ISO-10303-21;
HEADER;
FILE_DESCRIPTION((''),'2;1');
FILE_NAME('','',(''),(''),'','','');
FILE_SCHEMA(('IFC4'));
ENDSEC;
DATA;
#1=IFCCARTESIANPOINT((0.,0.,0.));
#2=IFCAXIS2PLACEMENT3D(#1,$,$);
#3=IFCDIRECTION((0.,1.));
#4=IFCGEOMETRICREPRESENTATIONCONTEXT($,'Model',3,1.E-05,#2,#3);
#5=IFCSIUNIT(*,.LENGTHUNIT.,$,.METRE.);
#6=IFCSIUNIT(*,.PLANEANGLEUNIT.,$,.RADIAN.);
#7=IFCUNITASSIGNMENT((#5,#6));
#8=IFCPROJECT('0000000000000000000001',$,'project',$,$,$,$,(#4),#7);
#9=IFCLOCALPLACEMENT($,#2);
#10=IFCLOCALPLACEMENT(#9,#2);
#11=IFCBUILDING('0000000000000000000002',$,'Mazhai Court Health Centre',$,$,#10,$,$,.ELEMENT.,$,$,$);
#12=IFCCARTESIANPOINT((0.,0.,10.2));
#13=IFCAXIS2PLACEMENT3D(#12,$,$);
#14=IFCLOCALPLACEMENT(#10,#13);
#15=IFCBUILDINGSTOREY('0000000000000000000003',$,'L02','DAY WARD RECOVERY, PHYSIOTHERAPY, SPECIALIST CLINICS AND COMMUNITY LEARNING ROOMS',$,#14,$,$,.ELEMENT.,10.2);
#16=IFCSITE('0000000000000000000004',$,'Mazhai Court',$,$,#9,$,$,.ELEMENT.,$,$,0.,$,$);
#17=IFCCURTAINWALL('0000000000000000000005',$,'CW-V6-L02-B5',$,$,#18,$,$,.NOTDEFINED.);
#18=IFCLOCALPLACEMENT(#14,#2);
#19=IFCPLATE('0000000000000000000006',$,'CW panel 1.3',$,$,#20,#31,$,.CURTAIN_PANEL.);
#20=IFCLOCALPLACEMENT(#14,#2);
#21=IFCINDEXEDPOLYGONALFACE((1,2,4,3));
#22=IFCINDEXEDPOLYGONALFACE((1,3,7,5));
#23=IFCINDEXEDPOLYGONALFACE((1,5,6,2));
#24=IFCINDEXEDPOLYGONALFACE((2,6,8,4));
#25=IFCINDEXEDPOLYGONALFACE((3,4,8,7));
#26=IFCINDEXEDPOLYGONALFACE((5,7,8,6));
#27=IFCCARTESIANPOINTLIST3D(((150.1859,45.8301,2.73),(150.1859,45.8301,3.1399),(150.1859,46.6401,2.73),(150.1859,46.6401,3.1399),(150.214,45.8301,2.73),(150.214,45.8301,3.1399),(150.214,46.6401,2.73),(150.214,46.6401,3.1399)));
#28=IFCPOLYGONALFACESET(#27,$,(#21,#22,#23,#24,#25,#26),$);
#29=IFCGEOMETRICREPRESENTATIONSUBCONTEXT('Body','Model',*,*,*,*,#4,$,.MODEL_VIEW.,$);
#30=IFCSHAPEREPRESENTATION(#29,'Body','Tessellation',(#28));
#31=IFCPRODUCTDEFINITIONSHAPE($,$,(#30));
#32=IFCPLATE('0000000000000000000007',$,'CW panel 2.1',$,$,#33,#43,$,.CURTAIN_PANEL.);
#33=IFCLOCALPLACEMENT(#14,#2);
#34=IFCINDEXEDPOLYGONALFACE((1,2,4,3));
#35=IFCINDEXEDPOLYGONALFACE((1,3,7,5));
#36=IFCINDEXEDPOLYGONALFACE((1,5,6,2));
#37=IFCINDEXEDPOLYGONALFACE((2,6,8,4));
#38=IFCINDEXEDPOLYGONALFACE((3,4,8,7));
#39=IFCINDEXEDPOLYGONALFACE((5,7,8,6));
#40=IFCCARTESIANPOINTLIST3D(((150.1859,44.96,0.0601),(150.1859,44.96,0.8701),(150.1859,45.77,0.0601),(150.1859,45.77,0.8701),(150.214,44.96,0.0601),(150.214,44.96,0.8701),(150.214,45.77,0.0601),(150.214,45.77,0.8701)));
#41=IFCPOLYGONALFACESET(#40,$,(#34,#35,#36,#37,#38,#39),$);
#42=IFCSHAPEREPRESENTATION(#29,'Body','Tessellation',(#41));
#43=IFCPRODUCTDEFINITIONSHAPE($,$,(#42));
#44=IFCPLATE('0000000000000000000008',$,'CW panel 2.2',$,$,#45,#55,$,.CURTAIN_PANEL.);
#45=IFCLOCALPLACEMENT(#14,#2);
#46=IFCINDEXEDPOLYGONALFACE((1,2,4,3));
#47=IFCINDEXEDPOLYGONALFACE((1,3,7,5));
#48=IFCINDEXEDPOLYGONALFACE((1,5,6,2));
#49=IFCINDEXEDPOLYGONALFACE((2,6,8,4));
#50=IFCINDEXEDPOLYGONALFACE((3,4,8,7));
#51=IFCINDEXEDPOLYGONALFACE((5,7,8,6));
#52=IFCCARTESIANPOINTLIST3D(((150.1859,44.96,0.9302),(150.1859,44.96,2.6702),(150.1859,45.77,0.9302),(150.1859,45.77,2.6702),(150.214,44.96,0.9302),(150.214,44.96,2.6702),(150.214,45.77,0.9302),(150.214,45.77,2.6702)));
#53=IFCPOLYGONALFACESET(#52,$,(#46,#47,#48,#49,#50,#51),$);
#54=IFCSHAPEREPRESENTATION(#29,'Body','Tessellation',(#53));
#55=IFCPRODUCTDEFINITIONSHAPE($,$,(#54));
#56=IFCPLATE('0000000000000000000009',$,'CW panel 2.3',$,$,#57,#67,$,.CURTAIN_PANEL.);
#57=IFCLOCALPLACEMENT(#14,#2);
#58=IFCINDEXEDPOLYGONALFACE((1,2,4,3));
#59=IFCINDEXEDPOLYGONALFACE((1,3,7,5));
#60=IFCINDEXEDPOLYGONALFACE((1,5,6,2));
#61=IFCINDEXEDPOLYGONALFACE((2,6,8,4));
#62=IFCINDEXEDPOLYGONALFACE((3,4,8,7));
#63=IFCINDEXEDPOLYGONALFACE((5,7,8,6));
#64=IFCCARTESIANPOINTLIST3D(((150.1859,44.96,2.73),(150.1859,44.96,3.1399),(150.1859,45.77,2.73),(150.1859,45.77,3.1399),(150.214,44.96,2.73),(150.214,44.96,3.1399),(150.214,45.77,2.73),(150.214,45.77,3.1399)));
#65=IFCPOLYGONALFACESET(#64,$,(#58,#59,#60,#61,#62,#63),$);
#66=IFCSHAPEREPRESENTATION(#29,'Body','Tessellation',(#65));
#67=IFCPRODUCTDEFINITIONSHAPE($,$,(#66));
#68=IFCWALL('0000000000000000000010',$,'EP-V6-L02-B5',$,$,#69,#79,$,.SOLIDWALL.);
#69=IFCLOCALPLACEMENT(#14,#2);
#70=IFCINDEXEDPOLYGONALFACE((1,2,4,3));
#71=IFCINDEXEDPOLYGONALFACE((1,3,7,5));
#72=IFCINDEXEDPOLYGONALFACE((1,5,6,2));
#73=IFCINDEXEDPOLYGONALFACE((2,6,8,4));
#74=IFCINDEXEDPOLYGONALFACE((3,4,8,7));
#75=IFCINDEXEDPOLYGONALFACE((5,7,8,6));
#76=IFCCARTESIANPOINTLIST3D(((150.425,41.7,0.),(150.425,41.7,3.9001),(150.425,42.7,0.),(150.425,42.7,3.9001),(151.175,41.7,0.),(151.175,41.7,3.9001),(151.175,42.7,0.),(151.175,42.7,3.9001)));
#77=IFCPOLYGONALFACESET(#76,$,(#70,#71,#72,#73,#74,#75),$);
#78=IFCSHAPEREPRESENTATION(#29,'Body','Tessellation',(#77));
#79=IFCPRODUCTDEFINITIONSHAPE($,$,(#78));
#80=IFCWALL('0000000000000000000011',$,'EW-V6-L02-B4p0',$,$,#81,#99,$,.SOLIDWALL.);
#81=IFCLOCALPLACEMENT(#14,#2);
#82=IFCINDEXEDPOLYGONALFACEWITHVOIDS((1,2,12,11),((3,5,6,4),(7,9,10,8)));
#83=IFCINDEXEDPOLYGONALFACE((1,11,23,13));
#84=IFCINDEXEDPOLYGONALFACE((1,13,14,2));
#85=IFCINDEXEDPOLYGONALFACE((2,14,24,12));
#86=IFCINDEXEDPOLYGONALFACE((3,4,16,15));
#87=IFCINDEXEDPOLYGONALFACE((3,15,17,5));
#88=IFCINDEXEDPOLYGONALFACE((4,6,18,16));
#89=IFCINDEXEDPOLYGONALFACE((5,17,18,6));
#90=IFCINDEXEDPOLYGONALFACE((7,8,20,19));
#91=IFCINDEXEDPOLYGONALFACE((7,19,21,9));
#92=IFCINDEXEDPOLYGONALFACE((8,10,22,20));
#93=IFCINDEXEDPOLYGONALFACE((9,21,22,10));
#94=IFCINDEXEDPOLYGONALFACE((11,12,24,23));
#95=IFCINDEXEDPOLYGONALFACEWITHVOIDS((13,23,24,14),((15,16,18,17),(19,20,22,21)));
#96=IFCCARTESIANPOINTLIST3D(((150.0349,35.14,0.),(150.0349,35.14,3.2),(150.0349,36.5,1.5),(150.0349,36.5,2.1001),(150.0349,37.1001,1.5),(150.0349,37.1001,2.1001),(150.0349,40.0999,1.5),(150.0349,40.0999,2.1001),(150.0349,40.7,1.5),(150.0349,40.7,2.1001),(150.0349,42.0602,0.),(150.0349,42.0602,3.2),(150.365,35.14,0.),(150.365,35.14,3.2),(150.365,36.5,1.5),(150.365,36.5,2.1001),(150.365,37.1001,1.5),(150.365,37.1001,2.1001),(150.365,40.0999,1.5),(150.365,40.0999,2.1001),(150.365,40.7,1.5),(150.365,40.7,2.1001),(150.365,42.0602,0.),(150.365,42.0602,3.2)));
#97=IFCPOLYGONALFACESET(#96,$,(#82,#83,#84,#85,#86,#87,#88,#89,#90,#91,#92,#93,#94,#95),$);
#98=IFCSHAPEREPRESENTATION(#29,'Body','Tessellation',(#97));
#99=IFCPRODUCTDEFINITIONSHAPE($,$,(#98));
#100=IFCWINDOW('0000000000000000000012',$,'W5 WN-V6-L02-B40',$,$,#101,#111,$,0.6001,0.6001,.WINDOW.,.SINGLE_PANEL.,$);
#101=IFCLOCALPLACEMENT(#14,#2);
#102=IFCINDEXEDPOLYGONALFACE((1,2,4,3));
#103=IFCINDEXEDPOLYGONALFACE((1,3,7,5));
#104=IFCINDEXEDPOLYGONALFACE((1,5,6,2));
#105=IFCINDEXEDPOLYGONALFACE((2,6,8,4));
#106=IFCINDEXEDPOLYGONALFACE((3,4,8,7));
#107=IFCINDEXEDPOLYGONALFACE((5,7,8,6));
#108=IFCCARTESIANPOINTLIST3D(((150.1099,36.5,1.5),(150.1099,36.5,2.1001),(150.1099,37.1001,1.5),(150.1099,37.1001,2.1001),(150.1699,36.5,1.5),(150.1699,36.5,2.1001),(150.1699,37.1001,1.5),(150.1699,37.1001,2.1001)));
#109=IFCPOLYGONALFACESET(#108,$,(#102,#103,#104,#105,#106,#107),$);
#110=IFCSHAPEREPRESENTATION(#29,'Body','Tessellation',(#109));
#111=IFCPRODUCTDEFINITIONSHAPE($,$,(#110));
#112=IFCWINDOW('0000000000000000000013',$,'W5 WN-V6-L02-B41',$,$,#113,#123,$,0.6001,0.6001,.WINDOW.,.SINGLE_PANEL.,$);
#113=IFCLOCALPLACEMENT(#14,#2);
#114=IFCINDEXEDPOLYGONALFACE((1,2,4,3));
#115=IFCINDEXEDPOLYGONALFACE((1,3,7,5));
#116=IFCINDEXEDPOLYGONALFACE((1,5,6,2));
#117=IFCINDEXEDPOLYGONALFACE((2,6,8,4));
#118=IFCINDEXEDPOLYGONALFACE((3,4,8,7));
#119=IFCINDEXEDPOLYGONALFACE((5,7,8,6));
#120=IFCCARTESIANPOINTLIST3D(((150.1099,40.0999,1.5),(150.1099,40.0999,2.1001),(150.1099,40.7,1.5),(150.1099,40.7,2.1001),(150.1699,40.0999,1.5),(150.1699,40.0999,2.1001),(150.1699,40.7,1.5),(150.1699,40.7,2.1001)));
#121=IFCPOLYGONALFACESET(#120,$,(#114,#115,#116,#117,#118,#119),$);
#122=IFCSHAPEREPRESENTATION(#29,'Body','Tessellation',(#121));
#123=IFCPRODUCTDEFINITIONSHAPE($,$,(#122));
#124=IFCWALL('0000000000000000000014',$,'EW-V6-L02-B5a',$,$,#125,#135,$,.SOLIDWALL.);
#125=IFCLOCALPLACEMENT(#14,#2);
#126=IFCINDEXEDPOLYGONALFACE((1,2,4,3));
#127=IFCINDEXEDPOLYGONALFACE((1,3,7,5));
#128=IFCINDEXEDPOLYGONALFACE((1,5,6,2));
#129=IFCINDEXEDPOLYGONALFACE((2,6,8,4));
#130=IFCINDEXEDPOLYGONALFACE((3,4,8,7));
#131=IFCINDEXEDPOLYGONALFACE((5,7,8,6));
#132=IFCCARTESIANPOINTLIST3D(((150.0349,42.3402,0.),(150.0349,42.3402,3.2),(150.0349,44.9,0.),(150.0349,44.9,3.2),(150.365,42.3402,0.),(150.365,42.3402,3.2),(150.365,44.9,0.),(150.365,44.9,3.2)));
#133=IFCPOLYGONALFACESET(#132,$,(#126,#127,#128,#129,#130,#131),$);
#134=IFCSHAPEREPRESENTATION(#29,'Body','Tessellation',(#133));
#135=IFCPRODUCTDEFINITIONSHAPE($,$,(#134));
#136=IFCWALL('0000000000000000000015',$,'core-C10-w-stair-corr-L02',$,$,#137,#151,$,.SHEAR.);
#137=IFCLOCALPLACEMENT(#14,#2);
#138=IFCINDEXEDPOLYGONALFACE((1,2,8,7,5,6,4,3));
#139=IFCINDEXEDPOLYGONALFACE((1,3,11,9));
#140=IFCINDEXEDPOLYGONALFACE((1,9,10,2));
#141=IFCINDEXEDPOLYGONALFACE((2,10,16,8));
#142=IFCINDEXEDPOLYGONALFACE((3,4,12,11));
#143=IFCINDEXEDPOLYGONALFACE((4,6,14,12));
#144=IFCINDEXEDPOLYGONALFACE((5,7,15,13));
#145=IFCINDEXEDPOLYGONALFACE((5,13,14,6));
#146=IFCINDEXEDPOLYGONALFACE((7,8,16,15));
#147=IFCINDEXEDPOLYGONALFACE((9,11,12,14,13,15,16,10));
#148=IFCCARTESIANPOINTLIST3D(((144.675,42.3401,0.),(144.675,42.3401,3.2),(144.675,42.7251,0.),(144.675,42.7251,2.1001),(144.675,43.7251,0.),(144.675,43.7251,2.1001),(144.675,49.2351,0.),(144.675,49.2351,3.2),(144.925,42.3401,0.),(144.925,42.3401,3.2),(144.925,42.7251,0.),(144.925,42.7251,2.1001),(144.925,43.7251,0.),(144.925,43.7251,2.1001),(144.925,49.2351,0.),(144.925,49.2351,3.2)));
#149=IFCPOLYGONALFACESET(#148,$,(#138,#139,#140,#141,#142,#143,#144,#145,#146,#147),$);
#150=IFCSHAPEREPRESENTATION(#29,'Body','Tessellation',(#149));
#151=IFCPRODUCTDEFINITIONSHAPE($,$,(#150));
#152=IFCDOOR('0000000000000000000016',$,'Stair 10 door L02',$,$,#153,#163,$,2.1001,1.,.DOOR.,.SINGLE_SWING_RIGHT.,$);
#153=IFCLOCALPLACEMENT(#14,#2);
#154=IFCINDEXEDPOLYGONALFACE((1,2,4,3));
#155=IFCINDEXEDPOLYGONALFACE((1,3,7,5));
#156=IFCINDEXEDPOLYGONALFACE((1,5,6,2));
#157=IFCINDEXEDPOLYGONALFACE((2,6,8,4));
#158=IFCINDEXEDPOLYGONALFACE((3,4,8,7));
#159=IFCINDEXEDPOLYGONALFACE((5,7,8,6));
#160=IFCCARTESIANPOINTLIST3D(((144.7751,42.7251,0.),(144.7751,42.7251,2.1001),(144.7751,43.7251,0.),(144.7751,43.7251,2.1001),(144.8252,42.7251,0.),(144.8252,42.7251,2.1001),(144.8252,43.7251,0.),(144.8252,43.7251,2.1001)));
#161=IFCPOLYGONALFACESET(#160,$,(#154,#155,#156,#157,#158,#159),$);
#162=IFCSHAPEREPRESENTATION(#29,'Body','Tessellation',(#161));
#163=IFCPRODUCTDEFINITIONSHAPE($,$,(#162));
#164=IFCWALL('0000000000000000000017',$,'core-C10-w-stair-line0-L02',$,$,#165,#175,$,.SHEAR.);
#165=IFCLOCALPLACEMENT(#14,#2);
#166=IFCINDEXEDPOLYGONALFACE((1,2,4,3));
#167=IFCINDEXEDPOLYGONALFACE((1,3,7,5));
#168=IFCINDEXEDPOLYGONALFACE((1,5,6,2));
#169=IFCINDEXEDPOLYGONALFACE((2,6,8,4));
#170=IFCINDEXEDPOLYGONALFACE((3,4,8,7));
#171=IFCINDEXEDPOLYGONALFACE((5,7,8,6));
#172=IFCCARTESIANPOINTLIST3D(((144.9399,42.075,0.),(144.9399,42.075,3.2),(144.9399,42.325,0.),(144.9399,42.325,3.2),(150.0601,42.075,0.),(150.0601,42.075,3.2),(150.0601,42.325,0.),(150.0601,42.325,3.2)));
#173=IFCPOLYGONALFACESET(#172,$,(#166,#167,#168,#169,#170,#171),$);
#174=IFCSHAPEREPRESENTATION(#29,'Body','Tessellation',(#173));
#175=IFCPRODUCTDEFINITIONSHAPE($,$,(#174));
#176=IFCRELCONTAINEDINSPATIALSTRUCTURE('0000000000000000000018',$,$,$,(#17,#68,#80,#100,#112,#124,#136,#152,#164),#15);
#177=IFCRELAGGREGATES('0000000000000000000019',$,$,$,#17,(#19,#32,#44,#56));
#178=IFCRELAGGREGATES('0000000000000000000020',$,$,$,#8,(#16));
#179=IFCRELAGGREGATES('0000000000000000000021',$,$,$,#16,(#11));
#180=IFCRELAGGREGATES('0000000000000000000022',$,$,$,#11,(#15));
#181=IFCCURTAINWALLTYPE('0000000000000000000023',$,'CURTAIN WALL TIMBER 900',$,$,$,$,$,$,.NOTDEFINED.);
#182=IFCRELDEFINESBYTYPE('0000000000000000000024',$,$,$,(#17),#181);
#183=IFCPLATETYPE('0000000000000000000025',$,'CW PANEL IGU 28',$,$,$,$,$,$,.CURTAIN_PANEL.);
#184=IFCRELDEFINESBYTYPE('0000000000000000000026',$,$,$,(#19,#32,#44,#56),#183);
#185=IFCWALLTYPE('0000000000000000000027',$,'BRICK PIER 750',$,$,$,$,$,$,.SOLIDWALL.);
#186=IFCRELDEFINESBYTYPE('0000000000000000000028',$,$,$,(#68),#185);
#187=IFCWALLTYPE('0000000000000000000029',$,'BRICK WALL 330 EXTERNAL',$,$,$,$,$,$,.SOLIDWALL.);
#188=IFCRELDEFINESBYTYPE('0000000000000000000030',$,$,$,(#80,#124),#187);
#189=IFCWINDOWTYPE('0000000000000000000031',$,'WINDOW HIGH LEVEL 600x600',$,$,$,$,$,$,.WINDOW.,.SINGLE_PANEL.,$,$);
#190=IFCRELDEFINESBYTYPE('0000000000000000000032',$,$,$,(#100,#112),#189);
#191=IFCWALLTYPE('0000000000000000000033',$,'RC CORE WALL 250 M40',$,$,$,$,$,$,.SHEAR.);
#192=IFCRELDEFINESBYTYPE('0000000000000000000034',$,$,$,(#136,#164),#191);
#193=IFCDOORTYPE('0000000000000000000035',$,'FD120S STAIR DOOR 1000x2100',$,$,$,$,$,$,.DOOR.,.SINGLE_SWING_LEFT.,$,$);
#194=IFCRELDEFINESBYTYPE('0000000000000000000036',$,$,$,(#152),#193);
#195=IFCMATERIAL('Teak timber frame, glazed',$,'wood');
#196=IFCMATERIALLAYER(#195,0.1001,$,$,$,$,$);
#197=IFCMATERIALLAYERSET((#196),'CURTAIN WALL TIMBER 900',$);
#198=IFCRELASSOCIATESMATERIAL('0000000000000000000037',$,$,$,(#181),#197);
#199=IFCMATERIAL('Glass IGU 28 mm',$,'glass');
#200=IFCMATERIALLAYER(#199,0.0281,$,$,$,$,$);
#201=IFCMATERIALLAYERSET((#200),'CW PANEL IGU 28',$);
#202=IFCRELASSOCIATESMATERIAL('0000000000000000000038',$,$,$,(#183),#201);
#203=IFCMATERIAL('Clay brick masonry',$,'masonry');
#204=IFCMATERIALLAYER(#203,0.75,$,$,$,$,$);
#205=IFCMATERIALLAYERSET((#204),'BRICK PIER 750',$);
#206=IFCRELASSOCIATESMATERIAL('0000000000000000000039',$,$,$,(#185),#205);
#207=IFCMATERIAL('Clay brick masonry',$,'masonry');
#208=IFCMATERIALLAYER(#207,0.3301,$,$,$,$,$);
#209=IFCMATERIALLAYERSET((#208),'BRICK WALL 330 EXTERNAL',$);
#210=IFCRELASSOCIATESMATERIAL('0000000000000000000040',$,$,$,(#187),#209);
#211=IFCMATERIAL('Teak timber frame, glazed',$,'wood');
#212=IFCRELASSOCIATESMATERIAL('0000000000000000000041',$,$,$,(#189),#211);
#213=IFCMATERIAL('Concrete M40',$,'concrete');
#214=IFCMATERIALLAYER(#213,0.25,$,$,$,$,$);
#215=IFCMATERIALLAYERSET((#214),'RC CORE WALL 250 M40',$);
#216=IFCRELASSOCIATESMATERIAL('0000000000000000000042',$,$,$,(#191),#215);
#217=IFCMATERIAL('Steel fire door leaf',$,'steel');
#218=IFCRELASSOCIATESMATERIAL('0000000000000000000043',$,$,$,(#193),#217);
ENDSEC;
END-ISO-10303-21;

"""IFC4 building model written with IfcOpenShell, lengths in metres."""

from ifc_helpers import new_model, si_unit, direction, frame, frame_2d, origin, origin_2d, place, context, subcontext, project, spatial, rectangle, extrude, material, layer, layer_set, type_object, element, fill, aggregate, save


model = new_model("IFC4")

# Units and contexts
model_context = context("Model", 3, precision=1e-05, world=origin(), true_north=direction((0.0, 1.0)))
body_context = subcontext(model_context, "Body", "Model", "MODEL_VIEW")
ifc_project = project(units=[si_unit("LENGTHUNIT", "METRE"), si_unit("PLANEANGLEUNIT", "RADIAN")], contexts=[model_context])

# Site, building, storey
site_placement = place(None, origin())
site = spatial("IfcSite", under=ifc_project, at=site_placement, Name="Mazhai Court", CompositionType="ELEMENT", RefElevation=0.0)
building_placement = place(site_placement, origin())
building = spatial("IfcBuilding", under=site, at=building_placement, Name="Mazhai Court Health Centre", CompositionType="ELEMENT")
storey_placement = place(building_placement, frame((0.0, 0.0, 10.2)))
storey = spatial("IfcBuildingStorey", under=building, at=storey_placement, Name="L02", Description="DAY WARD RECOVERY, PHYSIOTHERAPY, SPECIALIST CLINICS AND COMMUNITY LEARNING ROOMS", CompositionType="ELEMENT", Elevation=10.2)

# Curtain wall, plates
ifc_material_1 = material(Name="Teak timber frame, glazed", Category="wood")
ifc_layer_1 = layer(ifc_material_1, 0.1001)
ifc_layer_set_1 = layer_set([ifc_layer_1], Name="CURTAIN WALL TIMBER 900")
curtain_wall_type = type_object("IfcCurtainWallType", Name="CURTAIN WALL TIMBER 900", PredefinedType="NOTDEFINED", material=ifc_layer_set_1)
curtain_wall_placement = place(storey_placement, origin())
curtain_wall = element("IfcCurtainWall", 1, at=curtain_wall_placement, inside=storey, type_object=curtain_wall_type, Name="CW-V6-L02-B5", PredefinedType="NOTDEFINED")
ifc_material_2 = material(Name="Glass IGU 28 mm", Category="glass")
ifc_layer_2 = layer(ifc_material_2, 0.0281)
ifc_layer_set_2 = layer_set([ifc_layer_2], Name="CW PANEL IGU 28")
plate_type = type_object("IfcPlateType", Name="CW PANEL IGU 28", PredefinedType="CURTAIN_PANEL", material=ifc_layer_set_2)
plate_1_placement = place(storey_placement, frame((150.2, 46.2351, 2.73), z_axis=(0.0, 0.0, 1.0), x_axis=(0.0, -1.0, 0.0)))
plate_1 = element("IfcPlate", 2, at=plate_1_placement, type_object=plate_type, Name="CW panel 1.3", PredefinedType="CURTAIN_PANEL", context=body_context, shape_type="SweptSolid", body=[
    extrude(rectangle(XDim=0.8101, YDim=0.0281, at=origin_2d()), origin(), (0.0, 0.0, 1.0), 0.4099),
])
plate_2_placement = place(storey_placement, frame((150.2, 45.365, 0.0601), z_axis=(0.0, 0.0, 1.0), x_axis=(0.0, -1.0, 0.0)))
plate_2 = element("IfcPlate", 3, at=plate_2_placement, type_object=plate_type, Name="CW panel 2.1", PredefinedType="CURTAIN_PANEL", context=body_context, shape_type="SweptSolid", body=[
    extrude(rectangle(XDim=0.8101, YDim=0.0281, at=origin_2d()), origin(), (0.0, 0.0, 1.0), 0.8101),
])
plate_3_placement = place(storey_placement, frame((150.2, 45.365, 0.9302), z_axis=(0.0, 0.0, 1.0), x_axis=(0.0, -1.0, 0.0)))
plate_3 = element("IfcPlate", 4, at=plate_3_placement, type_object=plate_type, Name="CW panel 2.2", PredefinedType="CURTAIN_PANEL", context=body_context, shape_type="SweptSolid", body=[
    extrude(rectangle(XDim=0.8101, YDim=0.0281, at=origin_2d()), origin(), (0.0, 0.0, 1.0), 1.74),
])
plate_4_placement = place(storey_placement, frame((150.2, 45.365, 2.73), z_axis=(0.0, 0.0, 1.0), x_axis=(0.0, -1.0, 0.0)))
plate_4 = element("IfcPlate", 5, at=plate_4_placement, type_object=plate_type, Name="CW panel 2.3", PredefinedType="CURTAIN_PANEL", context=body_context, shape_type="SweptSolid", body=[
    extrude(rectangle(XDim=0.8101, YDim=0.0281, at=origin_2d()), origin(), (0.0, 0.0, 1.0), 0.4099),
])
aggregate(curtain_wall, [plate_1, plate_2, plate_3, plate_4])

# Wall
ifc_material_3 = material(Name="Clay brick masonry", Category="masonry")
ifc_layer_3 = layer(ifc_material_3, 0.75)
ifc_layer_set_3 = layer_set([ifc_layer_3], Name="BRICK PIER 750")
wall_type_1 = type_object("IfcWallType", Name="BRICK PIER 750", PredefinedType="SOLIDWALL", material=ifc_layer_set_3)
wall_1_placement = place(storey_placement, frame((150.8, 42.7, 0.0), z_axis=(0.0, 0.0, 1.0), x_axis=(0.0, -1.0, 0.0)))
element("IfcWall", 6, at=wall_1_placement, inside=storey, type_object=wall_type_1, Name="EP-V6-L02-B5", PredefinedType="SOLIDWALL", context=body_context, shape_type="SweptSolid", body=[
    extrude(rectangle(XDim=1.0, YDim=0.75, at=frame_2d((0.5, 0.0))), origin(), (0.0, 0.0, 1.0), 3.9001),
])

# Wall, openings, windows
ifc_material_4 = material(Name="Clay brick masonry", Category="masonry")
ifc_layer_4 = layer(ifc_material_4, 0.3301)
ifc_layer_set_4 = layer_set([ifc_layer_4], Name="BRICK WALL 330 EXTERNAL")
wall_type_2 = type_object("IfcWallType", Name="BRICK WALL 330 EXTERNAL", PredefinedType="SOLIDWALL", material=ifc_layer_set_4)
wall_2_placement = place(storey_placement, frame((150.2, 42.0601, 0.0), z_axis=(0.0, 0.0, 1.0), x_axis=(0.0, -1.0, 0.0)))
wall_2 = element("IfcWall", 7, at=wall_2_placement, inside=storey, type_object=wall_type_2, Name="EW-V6-L02-B4p0", PredefinedType="SOLIDWALL", context=body_context, shape_type="SweptSolid", body=[
    extrude(rectangle(XDim=6.9202, YDim=0.3301, at=frame_2d((3.46, 0.0))), origin(), (0.0, 0.0, 1.0), 3.2),
])
opening_1_placement = place(wall_2_placement, frame((4.96, 0.0, 1.5)))
opening_1 = element("IfcOpeningElement", 8, at=opening_1_placement, cuts=wall_2, PredefinedType="OPENING", context=body_context, shape_type="SweptSolid", body=[
    extrude(rectangle(XDim=0.6001, YDim=0.6001, at=frame_2d((0.3, 0.3))), frame((0.0, 0.175, 0.0), z_axis=(0.0, -1.0, 0.0), x_axis=(1.0, 0.0, 0.0)), (0.0, 0.0, 1.0), 0.3501),
])
opening_2_placement = place(wall_2_placement, frame((1.3601, 0.0, 1.5)))
opening_2 = element("IfcOpeningElement", 9, at=opening_2_placement, cuts=wall_2, PredefinedType="OPENING", context=body_context, shape_type="SweptSolid", body=[
    extrude(rectangle(XDim=0.6001, YDim=0.6001, at=frame_2d((0.3, 0.3))), frame((0.0, 0.175, 0.0), z_axis=(0.0, -1.0, 0.0), x_axis=(1.0, 0.0, 0.0)), (0.0, 0.0, 1.0), 0.3501),
])
ifc_material_5 = material(Name="Teak timber frame, glazed", Category="wood")
window_type = type_object("IfcWindowType", Name="WINDOW HIGH LEVEL 600x600", PartitioningType="SINGLE_PANEL", PredefinedType="WINDOW", material=ifc_material_5)
window_1_placement = place(opening_1_placement, origin())
window_1 = element("IfcWindow", 10, at=window_1_placement, inside=storey, type_object=window_type, Name="W5 WN-V6-L02-B40", OverallHeight=0.6001, OverallWidth=0.6001, PartitioningType="SINGLE_PANEL", PredefinedType="WINDOW", context=body_context, shape_type="SweptSolid", body=[
    extrude(rectangle(XDim=0.6001, YDim=0.6001, at=frame_2d((0.3, 0.3))), frame((0.0, -0.03, 0.0), z_axis=(0.0, -1.0, 0.0), x_axis=(1.0, 0.0, 0.0)), (0.0, 0.0, 1.0), 0.0601),
])
fill(opening_1, window_1)
window_2_placement = place(opening_2_placement, origin())
window_2 = element("IfcWindow", 11, at=window_2_placement, inside=storey, type_object=window_type, Name="W5 WN-V6-L02-B41", OverallHeight=0.6001, OverallWidth=0.6001, PartitioningType="SINGLE_PANEL", PredefinedType="WINDOW", context=body_context, shape_type="SweptSolid", body=[
    extrude(rectangle(XDim=0.6001, YDim=0.6001, at=frame_2d((0.3, 0.3))), frame((0.0, -0.03, 0.0), z_axis=(0.0, -1.0, 0.0), x_axis=(1.0, 0.0, 0.0)), (0.0, 0.0, 1.0), 0.0601),
])
fill(opening_2, window_2)

# Wall
wall_3_placement = place(storey_placement, frame((150.2, 44.8999, 0.0), z_axis=(0.0, 0.0, 1.0), x_axis=(0.0, -1.0, 0.0)))
element("IfcWall", 12, at=wall_3_placement, inside=storey, type_object=wall_type_2, Name="EW-V6-L02-B5a", PredefinedType="SOLIDWALL", context=body_context, shape_type="SweptSolid", body=[
    extrude(rectangle(XDim=2.5598, YDim=0.3301, at=frame_2d((1.2798, 0.0))), origin(), (0.0, 0.0, 1.0), 3.2),
])

# Wall, opening, door
ifc_material_6 = material(Name="Concrete M40", Category="concrete")
ifc_layer_5 = layer(ifc_material_6, 0.25)
ifc_layer_set_5 = layer_set([ifc_layer_5], Name="RC CORE WALL 250 M40")
wall_type_3 = type_object("IfcWallType", Name="RC CORE WALL 250 M40", PredefinedType="SHEAR", material=ifc_layer_set_5)
wall_4_placement = place(storey_placement, frame((144.8, 42.3401, 0.0), z_axis=(0.0, 0.0, 1.0), x_axis=(0.0, 1.0, 0.0)))
wall_4 = element("IfcWall", 13, at=wall_4_placement, inside=storey, type_object=wall_type_3, Name="core-C10-w-stair-corr-L02", PredefinedType="SHEAR", context=body_context, shape_type="SweptSolid", body=[
    extrude(rectangle(XDim=6.895, YDim=0.25, at=frame_2d((3.4475, 0.0))), origin(), (0.0, 0.0, 1.0), 3.2),
])
opening_3_placement = place(wall_4_placement, frame((0.385, 0.0, 0.0)))
opening_3 = element("IfcOpeningElement", 14, at=opening_3_placement, cuts=wall_4, PredefinedType="OPENING", context=body_context, shape_type="SweptSolid", body=[
    extrude(rectangle(XDim=1.0, YDim=2.1001, at=frame_2d((0.5, 1.05))), frame((0.0, 0.135, 0.0), z_axis=(0.0, -1.0, 0.0), x_axis=(1.0, 0.0, 0.0)), (0.0, 0.0, 1.0), 0.27),
])
ifc_material_7 = material(Name="Steel fire door leaf", Category="steel")
door_type = type_object("IfcDoorType", Name="FD120S STAIR DOOR 1000x2100", OperationType="SINGLE_SWING_LEFT", PredefinedType="DOOR", material=ifc_material_7)
door_placement = place(opening_3_placement, origin())
door = element("IfcDoor", 15, at=door_placement, inside=storey, type_object=door_type, Name="Stair 10 door L02", OperationType="SINGLE_SWING_RIGHT", OverallHeight=2.1001, OverallWidth=1.0, PredefinedType="DOOR", context=body_context, shape_type="SweptSolid", body=[
    extrude(rectangle(XDim=1.0, YDim=2.1001, at=frame_2d((0.5, 1.05))), frame((0.0, 0.0249, 0.0), z_axis=(0.0, -1.0, 0.0), x_axis=(1.0, 0.0, 0.0)), (0.0, 0.0, 1.0), 0.05),
])
fill(opening_3, door)

# Wall
wall_5_placement = place(storey_placement, frame((144.9399, 42.2, 0.0), z_axis=(0.0, 0.0, 1.0), x_axis=(1.0, 0.0, 0.0)))
element("IfcWall", 16, at=wall_5_placement, inside=storey, type_object=wall_type_3, Name="core-C10-w-stair-line0-L02", PredefinedType="SHEAR", context=body_context, shape_type="SweptSolid", body=[
    extrude(rectangle(XDim=5.1201, YDim=0.25, at=frame_2d((2.5601, 0.0))), origin(), (0.0, 0.0, 1.0), 3.2),
])

save(model, "model.ifc")
